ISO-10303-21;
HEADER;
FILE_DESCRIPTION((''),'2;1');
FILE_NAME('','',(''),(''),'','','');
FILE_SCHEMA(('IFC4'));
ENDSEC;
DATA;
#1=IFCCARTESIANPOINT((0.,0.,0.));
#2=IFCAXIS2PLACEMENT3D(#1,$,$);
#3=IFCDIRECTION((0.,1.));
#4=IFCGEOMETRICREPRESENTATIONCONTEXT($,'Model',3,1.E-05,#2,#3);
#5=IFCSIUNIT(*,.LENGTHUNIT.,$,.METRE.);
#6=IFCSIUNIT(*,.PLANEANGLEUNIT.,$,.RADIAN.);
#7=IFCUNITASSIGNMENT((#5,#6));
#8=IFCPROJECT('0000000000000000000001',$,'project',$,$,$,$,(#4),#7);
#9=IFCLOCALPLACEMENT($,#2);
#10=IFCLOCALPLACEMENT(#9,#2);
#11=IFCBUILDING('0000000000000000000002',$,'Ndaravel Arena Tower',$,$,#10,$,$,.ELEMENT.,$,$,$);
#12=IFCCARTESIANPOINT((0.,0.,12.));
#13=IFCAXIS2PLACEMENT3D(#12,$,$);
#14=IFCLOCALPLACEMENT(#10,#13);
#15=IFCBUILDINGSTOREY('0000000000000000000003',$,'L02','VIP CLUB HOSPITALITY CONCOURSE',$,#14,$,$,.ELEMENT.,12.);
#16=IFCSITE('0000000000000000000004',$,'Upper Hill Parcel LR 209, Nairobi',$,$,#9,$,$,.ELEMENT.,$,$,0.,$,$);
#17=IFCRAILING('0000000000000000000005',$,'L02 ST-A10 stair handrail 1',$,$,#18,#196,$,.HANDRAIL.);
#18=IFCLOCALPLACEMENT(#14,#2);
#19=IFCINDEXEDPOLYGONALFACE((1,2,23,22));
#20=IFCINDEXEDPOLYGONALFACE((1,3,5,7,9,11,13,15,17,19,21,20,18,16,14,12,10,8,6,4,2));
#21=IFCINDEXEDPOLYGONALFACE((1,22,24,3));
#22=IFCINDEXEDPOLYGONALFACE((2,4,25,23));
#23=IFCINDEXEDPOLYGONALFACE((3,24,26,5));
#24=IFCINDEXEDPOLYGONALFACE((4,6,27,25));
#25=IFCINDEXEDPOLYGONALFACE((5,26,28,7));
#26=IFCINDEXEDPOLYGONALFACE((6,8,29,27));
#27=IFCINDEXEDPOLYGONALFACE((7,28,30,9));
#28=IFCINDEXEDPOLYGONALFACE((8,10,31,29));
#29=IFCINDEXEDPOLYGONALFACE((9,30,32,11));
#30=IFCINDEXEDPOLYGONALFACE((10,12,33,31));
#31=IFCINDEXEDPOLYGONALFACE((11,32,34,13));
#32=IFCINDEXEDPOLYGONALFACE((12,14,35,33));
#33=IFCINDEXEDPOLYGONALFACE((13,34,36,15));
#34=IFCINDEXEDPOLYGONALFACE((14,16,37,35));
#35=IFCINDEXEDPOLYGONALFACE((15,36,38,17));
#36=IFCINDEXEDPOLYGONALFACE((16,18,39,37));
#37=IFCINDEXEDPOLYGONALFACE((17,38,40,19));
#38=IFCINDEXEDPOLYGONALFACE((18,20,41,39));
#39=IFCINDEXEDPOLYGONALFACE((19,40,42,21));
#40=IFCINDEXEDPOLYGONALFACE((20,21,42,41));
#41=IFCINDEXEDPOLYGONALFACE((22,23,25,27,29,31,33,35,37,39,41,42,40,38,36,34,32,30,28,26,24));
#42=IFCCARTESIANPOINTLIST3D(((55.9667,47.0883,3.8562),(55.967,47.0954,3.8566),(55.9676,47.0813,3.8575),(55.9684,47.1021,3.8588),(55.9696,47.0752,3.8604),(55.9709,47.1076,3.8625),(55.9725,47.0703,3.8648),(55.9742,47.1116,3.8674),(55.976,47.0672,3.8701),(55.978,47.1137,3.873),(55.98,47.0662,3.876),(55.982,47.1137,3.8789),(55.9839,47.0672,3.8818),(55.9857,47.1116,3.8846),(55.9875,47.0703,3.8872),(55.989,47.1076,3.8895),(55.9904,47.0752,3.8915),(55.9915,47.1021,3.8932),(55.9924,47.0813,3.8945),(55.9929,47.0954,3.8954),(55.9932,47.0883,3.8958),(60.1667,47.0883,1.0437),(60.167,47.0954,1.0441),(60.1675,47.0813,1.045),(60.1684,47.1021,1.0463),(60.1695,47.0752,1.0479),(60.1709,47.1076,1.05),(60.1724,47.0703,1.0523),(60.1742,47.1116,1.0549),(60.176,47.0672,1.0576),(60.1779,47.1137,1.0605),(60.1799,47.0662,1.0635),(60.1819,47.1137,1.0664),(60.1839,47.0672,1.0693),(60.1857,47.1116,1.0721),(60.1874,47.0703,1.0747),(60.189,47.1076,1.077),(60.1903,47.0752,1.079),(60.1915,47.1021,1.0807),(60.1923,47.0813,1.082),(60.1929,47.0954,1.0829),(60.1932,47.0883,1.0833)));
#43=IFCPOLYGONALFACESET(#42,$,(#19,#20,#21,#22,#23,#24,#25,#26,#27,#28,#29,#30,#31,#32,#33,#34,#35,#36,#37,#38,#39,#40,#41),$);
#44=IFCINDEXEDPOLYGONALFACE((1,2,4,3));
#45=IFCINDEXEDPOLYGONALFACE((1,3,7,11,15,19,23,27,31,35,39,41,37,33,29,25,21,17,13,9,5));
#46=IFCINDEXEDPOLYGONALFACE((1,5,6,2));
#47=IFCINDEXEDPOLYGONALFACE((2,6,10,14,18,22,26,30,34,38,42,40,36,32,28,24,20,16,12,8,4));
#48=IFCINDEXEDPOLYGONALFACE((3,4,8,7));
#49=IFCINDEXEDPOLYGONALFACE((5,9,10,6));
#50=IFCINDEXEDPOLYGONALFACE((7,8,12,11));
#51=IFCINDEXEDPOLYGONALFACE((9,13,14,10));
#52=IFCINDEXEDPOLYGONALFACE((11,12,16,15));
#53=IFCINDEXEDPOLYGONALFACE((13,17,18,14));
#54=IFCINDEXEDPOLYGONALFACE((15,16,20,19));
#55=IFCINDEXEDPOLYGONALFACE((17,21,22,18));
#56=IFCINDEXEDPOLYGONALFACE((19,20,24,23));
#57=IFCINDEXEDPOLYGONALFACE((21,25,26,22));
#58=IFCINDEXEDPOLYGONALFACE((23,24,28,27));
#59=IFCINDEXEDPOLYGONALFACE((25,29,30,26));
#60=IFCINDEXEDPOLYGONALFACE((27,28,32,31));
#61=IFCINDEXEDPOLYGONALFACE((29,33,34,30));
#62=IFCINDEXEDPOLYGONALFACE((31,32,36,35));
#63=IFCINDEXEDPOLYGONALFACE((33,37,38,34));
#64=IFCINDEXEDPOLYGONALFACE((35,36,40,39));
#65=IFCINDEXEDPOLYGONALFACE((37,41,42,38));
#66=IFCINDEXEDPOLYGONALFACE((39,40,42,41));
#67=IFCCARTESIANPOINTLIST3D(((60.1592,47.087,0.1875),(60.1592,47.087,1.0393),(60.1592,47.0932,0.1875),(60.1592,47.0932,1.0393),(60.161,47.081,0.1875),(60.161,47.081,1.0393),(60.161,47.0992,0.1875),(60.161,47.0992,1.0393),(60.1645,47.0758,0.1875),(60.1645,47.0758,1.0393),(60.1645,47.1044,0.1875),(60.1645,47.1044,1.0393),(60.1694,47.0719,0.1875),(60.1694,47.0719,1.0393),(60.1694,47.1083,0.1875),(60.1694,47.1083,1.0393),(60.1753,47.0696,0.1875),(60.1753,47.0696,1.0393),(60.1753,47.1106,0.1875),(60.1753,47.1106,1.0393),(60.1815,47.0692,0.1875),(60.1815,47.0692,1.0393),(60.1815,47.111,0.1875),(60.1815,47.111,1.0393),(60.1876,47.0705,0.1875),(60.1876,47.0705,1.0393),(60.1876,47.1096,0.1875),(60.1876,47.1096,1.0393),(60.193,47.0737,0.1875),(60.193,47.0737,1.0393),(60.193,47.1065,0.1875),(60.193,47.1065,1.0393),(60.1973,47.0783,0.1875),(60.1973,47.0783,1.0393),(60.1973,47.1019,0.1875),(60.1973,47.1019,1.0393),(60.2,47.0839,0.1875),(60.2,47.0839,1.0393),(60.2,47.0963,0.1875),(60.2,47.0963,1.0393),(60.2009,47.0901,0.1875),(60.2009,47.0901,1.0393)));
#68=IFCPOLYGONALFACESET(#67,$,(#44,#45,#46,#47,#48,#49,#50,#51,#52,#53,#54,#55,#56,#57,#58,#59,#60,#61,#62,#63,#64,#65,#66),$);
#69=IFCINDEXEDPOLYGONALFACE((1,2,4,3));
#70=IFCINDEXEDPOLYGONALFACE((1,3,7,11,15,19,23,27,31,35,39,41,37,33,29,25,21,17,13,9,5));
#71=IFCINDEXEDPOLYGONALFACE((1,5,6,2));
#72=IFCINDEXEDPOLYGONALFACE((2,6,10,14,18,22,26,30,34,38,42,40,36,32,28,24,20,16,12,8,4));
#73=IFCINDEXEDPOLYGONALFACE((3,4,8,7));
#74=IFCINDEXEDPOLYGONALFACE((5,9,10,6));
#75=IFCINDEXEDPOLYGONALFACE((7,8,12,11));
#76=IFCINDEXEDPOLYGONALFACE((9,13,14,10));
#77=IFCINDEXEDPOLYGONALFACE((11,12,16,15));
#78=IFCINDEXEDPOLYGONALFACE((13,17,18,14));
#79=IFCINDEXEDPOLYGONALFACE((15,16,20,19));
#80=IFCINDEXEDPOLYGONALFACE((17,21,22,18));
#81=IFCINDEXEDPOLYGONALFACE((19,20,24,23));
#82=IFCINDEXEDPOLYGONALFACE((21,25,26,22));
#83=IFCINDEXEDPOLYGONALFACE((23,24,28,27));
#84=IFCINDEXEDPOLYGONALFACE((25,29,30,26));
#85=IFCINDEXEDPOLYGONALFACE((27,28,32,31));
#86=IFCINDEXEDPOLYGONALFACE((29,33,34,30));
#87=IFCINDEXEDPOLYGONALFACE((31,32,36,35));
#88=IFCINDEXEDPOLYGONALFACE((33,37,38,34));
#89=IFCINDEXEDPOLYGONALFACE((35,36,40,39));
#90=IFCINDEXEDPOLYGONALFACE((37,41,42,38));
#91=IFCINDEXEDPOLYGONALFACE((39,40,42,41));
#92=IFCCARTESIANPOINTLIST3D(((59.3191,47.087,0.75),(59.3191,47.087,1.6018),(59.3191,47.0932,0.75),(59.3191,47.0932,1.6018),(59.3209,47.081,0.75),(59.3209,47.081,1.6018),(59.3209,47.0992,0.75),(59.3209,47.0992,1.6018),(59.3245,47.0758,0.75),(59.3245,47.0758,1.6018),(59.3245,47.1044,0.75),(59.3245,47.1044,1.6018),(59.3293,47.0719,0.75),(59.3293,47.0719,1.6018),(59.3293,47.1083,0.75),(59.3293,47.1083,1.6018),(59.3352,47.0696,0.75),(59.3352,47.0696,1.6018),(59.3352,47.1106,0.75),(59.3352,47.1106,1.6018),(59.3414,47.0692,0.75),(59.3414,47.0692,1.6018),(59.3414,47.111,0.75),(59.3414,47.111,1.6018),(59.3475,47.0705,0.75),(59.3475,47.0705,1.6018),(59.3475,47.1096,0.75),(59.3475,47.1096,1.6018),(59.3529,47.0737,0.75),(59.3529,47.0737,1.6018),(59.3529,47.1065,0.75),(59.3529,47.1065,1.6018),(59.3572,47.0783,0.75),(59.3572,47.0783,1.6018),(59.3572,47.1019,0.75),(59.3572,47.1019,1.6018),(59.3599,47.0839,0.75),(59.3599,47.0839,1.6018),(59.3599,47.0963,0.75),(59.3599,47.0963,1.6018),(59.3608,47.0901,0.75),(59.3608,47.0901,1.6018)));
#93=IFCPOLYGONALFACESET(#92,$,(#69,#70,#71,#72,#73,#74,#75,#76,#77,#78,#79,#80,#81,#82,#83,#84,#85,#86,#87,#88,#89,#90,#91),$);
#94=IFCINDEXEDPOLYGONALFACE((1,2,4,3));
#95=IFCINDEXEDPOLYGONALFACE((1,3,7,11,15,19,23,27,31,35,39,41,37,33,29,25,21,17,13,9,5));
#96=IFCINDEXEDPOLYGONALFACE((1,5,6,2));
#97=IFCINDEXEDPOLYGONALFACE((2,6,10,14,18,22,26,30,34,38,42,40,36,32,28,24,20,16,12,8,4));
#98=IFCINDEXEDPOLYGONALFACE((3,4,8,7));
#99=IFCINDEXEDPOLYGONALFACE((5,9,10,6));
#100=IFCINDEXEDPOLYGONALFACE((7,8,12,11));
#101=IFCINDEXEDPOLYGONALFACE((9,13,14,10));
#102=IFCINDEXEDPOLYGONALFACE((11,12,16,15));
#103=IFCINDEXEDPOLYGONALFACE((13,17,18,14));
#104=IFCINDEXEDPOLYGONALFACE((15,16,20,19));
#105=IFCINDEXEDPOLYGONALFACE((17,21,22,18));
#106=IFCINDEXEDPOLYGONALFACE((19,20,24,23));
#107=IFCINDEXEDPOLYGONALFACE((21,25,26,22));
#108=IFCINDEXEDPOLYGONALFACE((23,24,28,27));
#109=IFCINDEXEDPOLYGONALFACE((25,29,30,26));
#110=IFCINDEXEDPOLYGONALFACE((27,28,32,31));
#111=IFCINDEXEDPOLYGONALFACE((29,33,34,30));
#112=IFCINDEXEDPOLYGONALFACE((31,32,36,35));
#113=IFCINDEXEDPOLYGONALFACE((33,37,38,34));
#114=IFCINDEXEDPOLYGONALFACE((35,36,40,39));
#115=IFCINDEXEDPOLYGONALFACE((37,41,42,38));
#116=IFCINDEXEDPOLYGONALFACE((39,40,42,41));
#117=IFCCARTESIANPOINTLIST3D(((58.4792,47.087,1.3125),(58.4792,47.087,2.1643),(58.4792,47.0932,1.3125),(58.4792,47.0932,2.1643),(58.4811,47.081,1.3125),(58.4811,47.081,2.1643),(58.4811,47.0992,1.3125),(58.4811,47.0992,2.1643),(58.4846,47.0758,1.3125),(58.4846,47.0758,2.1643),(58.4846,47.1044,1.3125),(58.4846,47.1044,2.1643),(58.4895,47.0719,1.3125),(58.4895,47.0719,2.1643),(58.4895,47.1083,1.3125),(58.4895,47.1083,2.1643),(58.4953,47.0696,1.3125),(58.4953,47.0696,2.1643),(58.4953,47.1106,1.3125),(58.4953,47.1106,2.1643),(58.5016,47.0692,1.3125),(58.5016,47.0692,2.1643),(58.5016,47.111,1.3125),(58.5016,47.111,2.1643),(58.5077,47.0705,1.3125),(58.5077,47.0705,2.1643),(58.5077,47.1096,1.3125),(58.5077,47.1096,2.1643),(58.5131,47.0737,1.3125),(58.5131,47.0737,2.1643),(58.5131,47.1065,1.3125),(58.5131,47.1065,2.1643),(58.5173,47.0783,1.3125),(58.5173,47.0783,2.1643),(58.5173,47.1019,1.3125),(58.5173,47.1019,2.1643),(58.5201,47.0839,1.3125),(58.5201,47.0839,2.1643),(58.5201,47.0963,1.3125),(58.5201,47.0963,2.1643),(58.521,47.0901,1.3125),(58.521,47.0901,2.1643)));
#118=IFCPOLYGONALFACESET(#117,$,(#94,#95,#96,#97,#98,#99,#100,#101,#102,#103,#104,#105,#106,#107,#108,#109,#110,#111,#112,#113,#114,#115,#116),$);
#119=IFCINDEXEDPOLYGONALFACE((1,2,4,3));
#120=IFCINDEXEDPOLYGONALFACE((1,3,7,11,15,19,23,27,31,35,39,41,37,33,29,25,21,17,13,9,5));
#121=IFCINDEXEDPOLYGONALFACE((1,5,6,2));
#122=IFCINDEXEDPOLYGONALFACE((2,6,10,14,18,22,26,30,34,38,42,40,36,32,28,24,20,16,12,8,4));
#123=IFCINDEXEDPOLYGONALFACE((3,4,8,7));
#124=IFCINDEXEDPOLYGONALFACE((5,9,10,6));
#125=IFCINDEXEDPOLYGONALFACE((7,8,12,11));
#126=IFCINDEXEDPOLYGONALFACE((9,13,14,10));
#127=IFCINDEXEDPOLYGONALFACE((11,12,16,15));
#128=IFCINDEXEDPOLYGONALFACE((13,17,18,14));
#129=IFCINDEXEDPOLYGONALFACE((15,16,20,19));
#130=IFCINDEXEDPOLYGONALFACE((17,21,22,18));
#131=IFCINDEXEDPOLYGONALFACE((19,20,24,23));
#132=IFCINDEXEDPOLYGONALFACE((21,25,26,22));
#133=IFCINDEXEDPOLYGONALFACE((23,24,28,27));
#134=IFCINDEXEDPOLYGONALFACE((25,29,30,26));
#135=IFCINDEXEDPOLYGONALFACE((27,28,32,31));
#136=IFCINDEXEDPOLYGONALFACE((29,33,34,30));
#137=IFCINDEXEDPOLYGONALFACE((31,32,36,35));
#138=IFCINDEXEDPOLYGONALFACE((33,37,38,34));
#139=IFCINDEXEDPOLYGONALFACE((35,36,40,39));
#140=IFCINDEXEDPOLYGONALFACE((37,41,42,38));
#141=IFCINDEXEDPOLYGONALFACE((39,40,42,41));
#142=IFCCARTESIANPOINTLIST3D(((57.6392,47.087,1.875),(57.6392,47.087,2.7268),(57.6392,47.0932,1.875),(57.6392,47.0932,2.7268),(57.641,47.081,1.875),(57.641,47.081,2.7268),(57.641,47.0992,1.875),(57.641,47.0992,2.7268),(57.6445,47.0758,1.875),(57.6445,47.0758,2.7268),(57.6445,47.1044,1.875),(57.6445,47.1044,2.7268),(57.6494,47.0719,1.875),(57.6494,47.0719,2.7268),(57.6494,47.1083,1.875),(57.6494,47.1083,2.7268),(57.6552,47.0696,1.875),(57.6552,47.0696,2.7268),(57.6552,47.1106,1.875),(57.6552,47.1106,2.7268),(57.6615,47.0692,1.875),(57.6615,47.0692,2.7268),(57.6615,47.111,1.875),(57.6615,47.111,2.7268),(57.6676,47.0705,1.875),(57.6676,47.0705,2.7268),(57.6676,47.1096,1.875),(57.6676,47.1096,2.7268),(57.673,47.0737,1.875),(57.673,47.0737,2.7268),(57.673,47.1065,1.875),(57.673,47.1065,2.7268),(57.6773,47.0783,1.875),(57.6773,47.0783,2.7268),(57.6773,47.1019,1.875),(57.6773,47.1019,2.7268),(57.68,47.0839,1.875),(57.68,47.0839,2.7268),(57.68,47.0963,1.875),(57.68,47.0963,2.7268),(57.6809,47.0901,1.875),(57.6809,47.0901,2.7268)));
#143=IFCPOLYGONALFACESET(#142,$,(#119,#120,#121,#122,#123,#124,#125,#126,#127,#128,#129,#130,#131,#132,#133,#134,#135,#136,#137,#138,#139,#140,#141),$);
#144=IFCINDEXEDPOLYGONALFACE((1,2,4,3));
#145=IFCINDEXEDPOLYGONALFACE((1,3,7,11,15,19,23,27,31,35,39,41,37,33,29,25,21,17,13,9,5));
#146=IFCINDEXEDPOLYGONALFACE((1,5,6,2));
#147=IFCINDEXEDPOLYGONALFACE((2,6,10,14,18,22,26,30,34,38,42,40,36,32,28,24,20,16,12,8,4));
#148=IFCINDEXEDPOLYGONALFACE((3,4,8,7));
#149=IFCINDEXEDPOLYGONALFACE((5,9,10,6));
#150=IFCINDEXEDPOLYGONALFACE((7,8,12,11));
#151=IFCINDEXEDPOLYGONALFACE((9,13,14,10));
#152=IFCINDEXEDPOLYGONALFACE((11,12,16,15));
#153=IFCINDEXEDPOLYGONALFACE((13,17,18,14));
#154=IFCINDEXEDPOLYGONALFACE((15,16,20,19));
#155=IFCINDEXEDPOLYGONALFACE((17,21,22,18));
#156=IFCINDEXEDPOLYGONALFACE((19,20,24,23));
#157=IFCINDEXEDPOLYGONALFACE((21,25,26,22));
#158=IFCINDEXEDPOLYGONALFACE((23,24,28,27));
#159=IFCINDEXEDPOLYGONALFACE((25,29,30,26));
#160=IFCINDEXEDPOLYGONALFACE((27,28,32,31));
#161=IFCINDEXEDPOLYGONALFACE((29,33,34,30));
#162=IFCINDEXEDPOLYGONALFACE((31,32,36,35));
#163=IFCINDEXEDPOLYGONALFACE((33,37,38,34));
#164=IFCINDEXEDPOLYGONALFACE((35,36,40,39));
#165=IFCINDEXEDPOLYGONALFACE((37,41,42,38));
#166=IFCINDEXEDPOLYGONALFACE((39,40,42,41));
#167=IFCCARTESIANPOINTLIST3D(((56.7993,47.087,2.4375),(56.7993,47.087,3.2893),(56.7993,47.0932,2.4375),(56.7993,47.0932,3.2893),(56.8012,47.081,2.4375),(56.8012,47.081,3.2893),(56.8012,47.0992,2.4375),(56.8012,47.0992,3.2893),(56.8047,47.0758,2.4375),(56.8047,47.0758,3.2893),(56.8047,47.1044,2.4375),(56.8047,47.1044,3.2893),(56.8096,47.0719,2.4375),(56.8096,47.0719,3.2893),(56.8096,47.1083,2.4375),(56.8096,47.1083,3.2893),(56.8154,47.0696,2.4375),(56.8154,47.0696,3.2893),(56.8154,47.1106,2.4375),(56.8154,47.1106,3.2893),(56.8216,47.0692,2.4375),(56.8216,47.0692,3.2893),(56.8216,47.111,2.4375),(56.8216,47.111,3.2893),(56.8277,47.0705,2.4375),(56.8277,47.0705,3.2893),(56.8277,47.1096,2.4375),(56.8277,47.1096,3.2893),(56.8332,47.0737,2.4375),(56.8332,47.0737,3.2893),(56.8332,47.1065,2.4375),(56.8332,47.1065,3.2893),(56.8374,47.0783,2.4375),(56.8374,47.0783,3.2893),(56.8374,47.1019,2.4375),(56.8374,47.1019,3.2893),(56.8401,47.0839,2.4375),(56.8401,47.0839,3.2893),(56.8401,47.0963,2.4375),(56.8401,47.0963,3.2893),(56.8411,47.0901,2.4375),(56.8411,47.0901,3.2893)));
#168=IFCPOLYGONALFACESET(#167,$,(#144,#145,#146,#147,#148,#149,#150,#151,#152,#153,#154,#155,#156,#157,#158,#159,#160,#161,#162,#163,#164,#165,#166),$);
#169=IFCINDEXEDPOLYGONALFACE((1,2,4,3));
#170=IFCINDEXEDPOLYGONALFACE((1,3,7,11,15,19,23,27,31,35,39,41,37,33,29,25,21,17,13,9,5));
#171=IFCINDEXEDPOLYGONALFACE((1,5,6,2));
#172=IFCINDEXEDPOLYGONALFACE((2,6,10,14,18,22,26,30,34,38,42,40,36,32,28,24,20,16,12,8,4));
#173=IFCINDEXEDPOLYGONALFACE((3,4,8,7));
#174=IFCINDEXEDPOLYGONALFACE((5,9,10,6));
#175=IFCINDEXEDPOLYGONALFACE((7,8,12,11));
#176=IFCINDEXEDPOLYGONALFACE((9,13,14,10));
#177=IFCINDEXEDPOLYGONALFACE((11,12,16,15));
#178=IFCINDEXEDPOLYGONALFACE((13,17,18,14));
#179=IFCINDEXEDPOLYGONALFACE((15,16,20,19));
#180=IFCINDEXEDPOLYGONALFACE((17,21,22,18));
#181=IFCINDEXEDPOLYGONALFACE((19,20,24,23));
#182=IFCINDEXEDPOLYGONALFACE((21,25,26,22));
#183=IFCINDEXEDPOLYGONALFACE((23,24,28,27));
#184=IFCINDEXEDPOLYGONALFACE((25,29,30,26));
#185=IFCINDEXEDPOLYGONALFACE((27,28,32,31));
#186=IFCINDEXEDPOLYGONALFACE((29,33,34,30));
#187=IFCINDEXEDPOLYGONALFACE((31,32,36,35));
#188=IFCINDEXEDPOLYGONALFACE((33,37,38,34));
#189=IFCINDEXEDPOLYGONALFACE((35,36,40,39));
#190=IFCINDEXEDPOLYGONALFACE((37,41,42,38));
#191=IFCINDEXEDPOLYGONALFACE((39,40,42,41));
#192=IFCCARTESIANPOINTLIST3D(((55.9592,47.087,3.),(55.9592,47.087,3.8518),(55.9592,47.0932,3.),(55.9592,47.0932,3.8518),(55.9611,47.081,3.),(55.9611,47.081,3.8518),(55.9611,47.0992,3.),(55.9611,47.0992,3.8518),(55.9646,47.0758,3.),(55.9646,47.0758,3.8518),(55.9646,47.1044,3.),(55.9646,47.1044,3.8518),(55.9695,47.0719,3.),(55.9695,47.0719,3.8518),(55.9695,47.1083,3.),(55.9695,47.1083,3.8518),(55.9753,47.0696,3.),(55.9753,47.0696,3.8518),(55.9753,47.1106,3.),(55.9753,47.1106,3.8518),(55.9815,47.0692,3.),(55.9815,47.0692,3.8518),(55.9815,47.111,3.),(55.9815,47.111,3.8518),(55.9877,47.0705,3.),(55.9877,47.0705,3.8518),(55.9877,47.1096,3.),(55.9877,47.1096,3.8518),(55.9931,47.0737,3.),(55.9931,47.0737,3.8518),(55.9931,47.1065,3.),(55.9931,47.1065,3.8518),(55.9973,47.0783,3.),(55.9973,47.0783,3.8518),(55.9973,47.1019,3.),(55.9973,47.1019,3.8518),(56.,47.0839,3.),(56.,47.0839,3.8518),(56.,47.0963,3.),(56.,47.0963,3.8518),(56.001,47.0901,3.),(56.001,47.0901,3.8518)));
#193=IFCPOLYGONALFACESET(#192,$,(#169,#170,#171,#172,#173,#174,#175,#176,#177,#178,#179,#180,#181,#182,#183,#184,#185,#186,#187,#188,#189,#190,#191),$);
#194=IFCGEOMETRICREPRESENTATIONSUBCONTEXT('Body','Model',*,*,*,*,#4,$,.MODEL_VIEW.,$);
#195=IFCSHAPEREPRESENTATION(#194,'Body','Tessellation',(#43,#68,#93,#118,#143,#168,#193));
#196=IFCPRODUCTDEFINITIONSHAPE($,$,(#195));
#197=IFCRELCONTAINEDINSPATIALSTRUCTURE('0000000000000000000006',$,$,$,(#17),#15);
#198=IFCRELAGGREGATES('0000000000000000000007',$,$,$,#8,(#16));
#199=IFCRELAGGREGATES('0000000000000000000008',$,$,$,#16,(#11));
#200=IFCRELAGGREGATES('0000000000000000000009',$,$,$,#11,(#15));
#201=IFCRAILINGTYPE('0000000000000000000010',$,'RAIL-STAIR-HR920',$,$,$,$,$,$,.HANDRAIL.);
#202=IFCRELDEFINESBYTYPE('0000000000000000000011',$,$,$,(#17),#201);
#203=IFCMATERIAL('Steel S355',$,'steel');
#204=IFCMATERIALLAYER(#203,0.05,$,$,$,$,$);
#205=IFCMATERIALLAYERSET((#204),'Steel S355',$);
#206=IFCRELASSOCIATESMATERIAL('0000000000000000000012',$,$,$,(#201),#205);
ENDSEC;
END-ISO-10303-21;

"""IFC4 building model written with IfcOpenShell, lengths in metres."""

from ifc_helpers import new_model, si_unit, direction, frame, origin, origin_2d, place, context, subcontext, project, spatial, circle, extrude, material, layer, layer_set, type_object, element, save


model = new_model("IFC4")

# Units and contexts
model_context = context("Model", 3, precision=1e-05, world=origin(), true_north=direction((0.0, 1.0)))
body_context = subcontext(model_context, "Body", "Model", "MODEL_VIEW")
ifc_project = project(units=[si_unit("LENGTHUNIT", "METRE"), si_unit("PLANEANGLEUNIT", "RADIAN")], contexts=[model_context])

# Site, building, storey
site_placement = place(None, origin())
site = spatial("IfcSite", under=ifc_project, at=site_placement, Name="Upper Hill Parcel LR 209, Nairobi", CompositionType="ELEMENT", RefElevation=0.0)
building_placement = place(site_placement, origin())
building = spatial("IfcBuilding", under=site, at=building_placement, Name="Ndaravel Arena Tower", CompositionType="ELEMENT")
storey_placement = place(building_placement, frame((0.0, 0.0, 12.0)))
storey = spatial("IfcBuildingStorey", under=building, at=storey_placement, Name="L02", Description="VIP CLUB HOSPITALITY CONCOURSE", CompositionType="ELEMENT", Elevation=12.0)

# Railing
ifc_material_1 = material(Name="Steel S355", Category="steel")
ifc_layer_1 = layer(ifc_material_1, 0.05)
ifc_layer_set_1 = layer_set([ifc_layer_1], Name="Steel S355")
railing_type_1 = type_object("IfcRailingType", Name="RAIL-STAIR-HR920", PredefinedType="HANDRAIL", material=ifc_layer_set_1)
railing_1_placement = place(storey_placement, frame((60.1799, 47.0901, 0.1875)))
element("IfcRailing", 1, at=railing_1_placement, inside=storey, type_object=railing_type_1, Name="L02 ST-A10 stair handrail 1", PredefinedType="HANDRAIL", context=body_context, shape_type="SweptSolid", body=[
    extrude(circle(Radius=0.0239, at=origin_2d()), frame((0.0, 0.0, 0.876), z_axis=(-0.830904, 0.0, 0.556416), x_axis=(0.0, -1.0, 0.0)), (0.0, 0.0, 1.0), 5.0547),
    extrude(circle(Radius=0.021, at=origin_2d()), origin(), (0.0, 0.0, 1.0), 0.8518),
    extrude(circle(Radius=0.021, at=origin_2d()), frame((-0.8401, 0.0, 0.5625)), (0.0, 0.0, 1.0), 0.8518),
    extrude(circle(Radius=0.021, at=origin_2d()), frame((-1.6799, 0.0, 1.125)), (0.0, 0.0, 1.0), 0.8518),
    extrude(circle(Radius=0.021, at=origin_2d()), frame((-2.52, 0.0, 1.6875)), (0.0, 0.0, 1.0), 0.8518),
    extrude(circle(Radius=0.021, at=origin_2d()), frame((-3.3599, 0.0, 2.25)), (0.0, 0.0, 1.0), 0.8518),
    extrude(circle(Radius=0.021, at=origin_2d()), frame((-4.2, 0.0, 2.8125)), (0.0, 0.0, 1.0), 0.8518),
])

save(model, "model.ifc")
